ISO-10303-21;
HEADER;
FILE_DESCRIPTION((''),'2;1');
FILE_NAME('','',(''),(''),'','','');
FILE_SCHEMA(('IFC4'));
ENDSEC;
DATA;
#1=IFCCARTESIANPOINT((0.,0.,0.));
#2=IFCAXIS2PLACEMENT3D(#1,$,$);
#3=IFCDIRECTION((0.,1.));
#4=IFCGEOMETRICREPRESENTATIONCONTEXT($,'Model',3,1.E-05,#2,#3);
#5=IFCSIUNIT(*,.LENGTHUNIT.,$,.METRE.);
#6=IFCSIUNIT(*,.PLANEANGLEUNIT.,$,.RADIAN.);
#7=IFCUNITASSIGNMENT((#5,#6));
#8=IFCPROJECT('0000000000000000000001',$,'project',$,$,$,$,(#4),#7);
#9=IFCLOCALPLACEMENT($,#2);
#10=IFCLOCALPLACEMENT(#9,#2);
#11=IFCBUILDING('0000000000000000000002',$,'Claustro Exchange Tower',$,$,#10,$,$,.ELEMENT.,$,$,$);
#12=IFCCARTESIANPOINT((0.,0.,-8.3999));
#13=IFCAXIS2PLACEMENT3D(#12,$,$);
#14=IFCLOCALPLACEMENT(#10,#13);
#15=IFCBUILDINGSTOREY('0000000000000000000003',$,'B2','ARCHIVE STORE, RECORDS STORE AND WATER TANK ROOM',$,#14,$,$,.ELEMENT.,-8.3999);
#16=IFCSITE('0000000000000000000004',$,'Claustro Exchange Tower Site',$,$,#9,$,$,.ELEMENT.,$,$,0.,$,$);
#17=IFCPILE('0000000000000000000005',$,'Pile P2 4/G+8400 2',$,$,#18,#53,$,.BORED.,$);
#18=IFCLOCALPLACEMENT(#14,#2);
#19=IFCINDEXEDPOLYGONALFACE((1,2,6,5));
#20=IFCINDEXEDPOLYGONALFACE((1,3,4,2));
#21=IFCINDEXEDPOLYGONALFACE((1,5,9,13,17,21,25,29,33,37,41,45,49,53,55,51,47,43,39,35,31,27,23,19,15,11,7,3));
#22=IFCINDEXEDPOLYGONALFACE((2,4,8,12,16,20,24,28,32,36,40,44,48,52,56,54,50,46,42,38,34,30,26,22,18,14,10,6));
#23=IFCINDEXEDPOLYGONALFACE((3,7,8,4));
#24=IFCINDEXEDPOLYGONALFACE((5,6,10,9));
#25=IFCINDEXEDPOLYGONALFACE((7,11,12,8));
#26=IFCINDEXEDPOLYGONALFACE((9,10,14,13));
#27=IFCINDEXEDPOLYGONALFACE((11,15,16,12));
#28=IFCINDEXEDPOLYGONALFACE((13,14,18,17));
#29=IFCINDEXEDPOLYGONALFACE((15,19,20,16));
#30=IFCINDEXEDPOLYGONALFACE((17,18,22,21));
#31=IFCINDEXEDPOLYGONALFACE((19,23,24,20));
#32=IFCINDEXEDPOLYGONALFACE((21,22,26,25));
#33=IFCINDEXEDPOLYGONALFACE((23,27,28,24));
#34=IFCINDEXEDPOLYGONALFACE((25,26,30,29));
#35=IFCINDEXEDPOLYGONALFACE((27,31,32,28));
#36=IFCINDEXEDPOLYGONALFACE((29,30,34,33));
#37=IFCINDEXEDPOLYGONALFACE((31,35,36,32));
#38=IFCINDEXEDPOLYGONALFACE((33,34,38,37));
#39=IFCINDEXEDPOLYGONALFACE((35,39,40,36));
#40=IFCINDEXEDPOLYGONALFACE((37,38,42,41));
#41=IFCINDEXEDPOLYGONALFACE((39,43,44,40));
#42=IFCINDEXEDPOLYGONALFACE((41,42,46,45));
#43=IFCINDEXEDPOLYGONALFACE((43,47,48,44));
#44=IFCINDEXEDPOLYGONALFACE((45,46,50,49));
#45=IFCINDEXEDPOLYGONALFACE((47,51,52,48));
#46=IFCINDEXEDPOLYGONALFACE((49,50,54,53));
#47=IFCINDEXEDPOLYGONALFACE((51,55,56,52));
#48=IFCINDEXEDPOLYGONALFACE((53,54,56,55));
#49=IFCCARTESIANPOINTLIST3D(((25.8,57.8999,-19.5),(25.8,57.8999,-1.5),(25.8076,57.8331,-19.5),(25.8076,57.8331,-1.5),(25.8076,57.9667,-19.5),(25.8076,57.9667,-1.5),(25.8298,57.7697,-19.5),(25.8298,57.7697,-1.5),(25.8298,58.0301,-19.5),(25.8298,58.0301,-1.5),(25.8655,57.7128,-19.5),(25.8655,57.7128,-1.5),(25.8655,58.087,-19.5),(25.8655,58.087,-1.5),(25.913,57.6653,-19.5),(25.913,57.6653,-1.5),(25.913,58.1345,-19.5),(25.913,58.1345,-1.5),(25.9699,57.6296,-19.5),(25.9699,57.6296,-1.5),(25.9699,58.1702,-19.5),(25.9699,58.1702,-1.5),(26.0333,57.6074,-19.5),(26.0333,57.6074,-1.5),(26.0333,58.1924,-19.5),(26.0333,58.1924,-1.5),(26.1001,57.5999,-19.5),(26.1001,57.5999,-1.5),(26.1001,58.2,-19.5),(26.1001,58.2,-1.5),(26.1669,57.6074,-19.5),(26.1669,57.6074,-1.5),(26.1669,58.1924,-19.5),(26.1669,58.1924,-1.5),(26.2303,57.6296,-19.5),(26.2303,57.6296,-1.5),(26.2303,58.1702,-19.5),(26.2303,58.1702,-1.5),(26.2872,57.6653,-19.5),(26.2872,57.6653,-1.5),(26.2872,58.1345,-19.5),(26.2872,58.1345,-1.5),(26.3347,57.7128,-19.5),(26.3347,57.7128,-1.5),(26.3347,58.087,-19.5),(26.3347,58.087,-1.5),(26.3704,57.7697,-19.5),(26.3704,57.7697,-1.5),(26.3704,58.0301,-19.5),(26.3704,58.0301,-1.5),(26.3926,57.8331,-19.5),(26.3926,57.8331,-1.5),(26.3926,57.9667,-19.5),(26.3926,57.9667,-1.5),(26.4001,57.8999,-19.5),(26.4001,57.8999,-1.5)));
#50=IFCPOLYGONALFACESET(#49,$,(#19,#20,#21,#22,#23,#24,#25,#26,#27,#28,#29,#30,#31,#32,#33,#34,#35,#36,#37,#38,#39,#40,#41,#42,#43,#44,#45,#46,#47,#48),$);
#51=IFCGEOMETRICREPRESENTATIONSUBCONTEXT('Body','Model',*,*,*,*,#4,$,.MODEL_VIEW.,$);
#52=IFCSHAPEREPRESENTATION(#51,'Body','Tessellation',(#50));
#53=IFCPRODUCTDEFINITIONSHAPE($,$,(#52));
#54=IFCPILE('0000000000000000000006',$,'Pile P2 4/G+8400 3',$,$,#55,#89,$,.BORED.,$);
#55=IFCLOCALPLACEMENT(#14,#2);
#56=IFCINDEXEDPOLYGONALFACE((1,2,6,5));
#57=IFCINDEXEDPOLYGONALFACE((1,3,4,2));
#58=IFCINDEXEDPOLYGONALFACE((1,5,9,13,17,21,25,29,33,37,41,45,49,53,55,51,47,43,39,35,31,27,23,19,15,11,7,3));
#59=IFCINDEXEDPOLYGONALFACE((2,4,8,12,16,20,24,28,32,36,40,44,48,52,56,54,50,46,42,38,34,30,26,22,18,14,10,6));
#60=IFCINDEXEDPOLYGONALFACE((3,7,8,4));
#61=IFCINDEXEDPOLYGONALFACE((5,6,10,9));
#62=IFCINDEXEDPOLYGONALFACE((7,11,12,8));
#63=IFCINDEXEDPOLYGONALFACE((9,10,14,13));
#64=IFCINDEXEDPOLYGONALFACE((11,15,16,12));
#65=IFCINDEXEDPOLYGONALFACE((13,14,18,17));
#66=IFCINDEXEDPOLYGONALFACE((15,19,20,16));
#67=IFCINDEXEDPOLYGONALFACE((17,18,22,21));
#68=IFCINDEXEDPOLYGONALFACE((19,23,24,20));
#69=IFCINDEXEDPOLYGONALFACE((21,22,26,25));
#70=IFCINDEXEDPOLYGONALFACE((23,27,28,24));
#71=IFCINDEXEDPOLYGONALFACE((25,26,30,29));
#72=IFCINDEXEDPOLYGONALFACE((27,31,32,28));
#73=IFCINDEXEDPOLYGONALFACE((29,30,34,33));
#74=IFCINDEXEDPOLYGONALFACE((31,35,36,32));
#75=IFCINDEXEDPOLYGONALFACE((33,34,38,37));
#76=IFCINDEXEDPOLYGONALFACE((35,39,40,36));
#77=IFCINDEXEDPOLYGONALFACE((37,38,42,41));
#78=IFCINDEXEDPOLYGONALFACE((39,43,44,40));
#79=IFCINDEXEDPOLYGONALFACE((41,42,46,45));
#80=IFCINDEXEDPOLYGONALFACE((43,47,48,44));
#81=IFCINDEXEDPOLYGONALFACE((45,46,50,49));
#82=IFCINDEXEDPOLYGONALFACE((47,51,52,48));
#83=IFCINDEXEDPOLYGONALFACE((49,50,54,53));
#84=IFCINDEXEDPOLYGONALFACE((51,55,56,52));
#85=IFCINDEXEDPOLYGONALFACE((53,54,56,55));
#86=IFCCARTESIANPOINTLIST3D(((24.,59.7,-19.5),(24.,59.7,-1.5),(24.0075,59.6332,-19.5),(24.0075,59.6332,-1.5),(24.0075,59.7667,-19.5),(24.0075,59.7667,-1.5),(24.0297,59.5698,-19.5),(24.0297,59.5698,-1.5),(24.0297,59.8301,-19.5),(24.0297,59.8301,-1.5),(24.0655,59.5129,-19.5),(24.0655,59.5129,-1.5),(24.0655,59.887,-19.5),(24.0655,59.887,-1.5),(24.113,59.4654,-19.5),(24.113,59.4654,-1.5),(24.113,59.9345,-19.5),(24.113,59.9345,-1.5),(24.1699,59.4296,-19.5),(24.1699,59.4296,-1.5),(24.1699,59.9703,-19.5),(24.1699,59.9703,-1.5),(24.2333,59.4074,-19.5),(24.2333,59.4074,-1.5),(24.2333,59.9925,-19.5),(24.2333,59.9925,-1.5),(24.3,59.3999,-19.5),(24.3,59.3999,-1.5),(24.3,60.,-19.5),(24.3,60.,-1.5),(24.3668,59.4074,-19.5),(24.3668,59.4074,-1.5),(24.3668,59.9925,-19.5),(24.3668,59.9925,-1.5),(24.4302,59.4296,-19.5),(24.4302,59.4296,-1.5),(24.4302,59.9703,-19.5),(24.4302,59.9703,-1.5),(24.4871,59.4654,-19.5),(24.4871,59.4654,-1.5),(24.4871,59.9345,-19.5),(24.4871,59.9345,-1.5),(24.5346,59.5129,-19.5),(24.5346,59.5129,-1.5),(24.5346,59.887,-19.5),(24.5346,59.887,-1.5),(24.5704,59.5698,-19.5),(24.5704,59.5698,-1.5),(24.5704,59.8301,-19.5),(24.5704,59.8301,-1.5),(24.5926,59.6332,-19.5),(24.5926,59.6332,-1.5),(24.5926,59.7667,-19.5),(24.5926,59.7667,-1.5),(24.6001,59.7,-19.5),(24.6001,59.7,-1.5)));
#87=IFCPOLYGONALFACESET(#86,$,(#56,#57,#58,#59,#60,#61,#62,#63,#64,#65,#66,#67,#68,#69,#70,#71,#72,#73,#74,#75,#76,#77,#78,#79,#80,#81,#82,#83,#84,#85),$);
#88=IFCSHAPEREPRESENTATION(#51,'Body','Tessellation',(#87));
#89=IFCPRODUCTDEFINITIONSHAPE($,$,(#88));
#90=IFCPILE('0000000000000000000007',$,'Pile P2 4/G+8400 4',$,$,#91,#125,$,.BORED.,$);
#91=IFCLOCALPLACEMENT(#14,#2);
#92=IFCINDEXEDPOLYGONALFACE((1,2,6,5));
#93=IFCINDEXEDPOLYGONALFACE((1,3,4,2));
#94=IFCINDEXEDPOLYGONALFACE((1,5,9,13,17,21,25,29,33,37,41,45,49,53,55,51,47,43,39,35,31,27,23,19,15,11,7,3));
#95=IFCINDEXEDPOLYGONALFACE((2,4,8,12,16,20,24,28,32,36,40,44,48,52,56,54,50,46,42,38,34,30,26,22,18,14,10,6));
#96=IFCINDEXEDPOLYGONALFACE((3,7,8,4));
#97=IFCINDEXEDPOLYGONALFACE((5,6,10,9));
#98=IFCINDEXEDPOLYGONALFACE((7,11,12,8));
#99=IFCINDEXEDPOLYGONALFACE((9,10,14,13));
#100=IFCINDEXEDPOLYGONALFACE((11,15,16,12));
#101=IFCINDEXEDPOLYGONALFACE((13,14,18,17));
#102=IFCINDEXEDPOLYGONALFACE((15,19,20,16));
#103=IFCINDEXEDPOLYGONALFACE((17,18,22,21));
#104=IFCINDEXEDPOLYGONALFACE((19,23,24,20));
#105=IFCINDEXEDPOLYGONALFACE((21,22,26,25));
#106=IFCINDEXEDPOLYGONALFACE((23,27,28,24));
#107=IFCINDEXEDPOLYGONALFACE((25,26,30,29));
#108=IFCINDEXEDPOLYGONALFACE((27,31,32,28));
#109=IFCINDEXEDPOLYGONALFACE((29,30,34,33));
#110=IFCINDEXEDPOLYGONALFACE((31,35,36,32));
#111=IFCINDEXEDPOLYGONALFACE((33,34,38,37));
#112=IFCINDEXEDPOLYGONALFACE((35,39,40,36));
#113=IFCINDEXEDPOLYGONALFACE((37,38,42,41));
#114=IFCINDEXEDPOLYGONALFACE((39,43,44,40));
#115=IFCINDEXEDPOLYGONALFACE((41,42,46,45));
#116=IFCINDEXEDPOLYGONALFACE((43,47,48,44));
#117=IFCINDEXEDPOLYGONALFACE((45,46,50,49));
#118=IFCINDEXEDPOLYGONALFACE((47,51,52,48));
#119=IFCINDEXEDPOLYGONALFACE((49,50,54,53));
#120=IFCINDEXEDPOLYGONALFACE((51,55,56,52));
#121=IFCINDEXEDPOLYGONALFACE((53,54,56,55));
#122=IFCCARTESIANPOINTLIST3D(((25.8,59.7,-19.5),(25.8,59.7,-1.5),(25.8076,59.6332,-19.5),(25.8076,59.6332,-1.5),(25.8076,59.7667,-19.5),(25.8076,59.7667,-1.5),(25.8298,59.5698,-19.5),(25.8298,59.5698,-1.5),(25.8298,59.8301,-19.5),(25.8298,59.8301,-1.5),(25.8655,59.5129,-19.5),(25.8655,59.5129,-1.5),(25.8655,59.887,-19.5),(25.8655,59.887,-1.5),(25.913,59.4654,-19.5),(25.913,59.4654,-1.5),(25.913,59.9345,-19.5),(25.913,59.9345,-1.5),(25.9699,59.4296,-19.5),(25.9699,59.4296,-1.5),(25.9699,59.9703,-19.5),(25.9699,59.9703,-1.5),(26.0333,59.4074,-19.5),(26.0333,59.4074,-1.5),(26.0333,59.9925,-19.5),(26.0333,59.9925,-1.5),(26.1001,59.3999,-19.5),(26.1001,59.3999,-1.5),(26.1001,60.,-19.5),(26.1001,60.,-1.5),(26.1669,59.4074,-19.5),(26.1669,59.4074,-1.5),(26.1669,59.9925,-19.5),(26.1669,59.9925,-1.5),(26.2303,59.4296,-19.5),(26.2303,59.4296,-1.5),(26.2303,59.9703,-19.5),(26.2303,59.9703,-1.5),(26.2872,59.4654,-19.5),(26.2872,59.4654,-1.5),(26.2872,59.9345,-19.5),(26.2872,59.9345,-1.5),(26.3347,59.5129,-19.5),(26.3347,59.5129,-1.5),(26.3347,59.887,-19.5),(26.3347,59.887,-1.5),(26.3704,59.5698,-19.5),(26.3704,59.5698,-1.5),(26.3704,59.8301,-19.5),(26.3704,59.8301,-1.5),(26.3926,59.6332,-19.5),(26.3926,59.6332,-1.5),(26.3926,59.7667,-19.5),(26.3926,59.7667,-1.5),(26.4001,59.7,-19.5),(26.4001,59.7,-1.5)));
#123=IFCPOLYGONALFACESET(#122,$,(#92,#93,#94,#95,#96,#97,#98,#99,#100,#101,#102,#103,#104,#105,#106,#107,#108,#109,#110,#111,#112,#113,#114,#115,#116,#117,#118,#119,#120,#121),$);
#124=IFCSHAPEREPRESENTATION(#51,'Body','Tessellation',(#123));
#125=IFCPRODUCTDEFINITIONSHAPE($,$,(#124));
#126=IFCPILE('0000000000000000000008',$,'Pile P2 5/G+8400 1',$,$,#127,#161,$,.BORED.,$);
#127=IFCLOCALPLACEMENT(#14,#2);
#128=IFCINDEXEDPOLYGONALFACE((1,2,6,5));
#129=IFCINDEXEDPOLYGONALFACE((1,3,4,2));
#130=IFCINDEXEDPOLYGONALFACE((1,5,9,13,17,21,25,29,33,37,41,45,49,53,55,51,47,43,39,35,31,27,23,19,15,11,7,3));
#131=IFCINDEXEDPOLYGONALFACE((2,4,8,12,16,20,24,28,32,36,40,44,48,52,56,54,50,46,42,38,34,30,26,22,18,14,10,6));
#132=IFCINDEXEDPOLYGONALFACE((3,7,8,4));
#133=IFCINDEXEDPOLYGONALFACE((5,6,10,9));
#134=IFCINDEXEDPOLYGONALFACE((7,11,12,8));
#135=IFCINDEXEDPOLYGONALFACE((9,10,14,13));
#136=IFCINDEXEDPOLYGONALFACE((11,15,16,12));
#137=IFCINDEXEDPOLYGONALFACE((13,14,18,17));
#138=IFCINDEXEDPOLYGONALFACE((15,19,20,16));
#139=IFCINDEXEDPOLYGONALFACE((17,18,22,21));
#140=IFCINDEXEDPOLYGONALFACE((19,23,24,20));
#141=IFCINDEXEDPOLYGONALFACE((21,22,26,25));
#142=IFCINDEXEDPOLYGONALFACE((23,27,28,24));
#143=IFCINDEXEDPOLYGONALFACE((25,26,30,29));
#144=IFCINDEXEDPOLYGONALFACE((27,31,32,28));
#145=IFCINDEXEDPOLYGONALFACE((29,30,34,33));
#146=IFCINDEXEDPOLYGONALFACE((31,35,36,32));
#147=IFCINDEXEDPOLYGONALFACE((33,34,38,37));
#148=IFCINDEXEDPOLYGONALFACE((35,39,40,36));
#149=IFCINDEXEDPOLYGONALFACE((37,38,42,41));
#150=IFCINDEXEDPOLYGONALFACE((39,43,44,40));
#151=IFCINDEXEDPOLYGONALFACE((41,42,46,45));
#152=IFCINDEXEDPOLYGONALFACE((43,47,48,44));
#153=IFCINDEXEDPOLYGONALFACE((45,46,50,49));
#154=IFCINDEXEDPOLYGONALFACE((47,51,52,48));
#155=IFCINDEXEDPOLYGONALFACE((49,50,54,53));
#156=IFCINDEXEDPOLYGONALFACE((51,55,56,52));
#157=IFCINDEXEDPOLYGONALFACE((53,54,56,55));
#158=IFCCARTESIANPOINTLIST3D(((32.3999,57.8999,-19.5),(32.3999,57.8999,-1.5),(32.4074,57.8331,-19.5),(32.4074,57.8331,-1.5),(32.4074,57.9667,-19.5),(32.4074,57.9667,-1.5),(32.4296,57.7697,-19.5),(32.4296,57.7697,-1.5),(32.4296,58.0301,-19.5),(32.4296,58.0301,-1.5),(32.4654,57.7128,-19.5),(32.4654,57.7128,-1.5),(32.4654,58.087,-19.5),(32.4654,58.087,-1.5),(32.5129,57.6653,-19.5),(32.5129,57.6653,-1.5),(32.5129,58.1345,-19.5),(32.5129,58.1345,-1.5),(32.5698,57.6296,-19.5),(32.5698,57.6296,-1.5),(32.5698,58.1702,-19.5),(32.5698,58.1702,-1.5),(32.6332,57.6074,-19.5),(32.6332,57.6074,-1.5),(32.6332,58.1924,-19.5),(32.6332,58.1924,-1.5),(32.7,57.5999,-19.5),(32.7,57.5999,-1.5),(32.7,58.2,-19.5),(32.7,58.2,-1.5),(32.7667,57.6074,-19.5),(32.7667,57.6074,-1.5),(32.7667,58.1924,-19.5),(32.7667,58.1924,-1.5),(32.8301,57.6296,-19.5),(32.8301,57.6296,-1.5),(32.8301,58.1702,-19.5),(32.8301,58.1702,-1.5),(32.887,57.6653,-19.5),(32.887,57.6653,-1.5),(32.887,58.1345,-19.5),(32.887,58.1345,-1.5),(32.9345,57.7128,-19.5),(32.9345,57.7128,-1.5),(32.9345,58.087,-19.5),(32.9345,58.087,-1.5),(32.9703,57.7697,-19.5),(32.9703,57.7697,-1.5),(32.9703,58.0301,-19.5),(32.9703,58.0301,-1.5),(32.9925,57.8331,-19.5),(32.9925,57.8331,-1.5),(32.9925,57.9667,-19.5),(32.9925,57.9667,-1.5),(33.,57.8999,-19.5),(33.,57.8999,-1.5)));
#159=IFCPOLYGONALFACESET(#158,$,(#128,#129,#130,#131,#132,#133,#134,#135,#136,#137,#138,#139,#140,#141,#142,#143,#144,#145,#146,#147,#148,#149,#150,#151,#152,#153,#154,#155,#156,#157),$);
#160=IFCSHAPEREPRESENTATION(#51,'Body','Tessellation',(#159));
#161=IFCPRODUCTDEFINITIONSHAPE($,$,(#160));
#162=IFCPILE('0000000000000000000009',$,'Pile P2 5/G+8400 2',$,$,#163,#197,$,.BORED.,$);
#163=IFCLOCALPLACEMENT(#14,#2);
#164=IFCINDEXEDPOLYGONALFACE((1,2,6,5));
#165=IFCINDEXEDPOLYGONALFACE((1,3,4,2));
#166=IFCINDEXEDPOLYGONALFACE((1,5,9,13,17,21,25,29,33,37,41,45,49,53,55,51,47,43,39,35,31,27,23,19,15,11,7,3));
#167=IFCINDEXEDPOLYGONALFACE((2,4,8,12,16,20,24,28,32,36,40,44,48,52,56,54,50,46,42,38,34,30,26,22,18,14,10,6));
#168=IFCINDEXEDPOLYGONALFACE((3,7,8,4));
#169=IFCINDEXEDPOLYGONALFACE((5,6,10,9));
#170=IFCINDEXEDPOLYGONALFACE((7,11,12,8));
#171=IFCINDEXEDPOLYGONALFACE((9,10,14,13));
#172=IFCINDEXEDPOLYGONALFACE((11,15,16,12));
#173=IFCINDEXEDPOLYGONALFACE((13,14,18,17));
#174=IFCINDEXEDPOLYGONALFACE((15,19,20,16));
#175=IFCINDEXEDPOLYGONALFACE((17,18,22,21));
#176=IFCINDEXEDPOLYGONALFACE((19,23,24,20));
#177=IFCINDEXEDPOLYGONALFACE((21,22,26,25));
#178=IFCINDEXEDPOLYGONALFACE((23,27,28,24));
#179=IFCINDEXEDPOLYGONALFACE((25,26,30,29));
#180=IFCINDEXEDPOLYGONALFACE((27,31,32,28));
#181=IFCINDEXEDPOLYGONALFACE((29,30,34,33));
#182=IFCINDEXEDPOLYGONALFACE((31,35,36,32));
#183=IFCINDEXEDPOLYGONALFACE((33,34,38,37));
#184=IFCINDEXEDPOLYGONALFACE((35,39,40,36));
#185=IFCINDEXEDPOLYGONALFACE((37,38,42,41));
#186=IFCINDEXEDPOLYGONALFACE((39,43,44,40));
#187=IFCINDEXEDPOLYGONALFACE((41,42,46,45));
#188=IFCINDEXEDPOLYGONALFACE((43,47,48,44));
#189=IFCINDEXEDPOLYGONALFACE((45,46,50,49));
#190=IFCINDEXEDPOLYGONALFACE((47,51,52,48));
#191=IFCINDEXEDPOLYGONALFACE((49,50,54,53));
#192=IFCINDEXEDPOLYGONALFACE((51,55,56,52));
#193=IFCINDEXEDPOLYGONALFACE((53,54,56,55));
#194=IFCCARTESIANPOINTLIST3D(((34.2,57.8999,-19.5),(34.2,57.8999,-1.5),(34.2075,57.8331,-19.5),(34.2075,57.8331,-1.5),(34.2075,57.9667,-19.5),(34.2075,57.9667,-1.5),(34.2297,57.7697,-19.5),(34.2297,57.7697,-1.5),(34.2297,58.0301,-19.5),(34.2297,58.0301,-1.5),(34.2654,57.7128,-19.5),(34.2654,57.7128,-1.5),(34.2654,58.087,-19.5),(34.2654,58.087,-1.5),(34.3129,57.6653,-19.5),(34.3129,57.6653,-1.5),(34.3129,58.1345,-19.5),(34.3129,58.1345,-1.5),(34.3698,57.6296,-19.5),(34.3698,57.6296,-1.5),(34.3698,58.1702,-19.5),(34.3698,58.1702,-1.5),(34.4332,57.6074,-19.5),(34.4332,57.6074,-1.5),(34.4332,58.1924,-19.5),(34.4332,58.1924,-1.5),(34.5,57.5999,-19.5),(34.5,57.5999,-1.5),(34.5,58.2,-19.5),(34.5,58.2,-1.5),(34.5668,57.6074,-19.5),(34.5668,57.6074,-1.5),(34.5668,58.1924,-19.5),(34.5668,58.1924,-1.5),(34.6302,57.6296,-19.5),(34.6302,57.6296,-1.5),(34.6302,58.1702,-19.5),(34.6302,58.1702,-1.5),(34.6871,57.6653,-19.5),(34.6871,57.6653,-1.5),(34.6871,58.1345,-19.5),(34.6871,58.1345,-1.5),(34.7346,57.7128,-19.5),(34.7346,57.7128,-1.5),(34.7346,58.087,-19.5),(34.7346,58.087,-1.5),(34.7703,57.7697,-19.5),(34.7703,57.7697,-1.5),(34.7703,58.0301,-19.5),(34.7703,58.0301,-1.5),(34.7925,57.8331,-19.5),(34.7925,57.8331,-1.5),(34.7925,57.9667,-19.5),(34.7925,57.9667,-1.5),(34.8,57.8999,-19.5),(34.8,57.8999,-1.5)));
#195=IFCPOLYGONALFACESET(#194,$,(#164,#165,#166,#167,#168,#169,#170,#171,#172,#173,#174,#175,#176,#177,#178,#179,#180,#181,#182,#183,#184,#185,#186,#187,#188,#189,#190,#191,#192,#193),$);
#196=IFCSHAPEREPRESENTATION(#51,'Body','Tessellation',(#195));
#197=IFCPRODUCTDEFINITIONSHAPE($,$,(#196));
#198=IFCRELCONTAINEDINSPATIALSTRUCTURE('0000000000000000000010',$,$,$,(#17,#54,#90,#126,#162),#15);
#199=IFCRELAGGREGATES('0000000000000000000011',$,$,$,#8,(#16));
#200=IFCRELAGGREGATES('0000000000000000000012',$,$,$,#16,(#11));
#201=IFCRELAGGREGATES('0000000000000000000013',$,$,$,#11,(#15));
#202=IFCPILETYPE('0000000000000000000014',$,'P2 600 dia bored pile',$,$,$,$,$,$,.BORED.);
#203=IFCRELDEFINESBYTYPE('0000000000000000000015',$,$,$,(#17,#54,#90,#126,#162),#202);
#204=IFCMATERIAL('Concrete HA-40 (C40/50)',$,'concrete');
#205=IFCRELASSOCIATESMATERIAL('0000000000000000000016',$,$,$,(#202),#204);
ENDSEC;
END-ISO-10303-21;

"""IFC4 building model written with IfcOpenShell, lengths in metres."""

from ifc_helpers import new_model, si_unit, direction, frame, origin, origin_2d, place, context, subcontext, project, spatial, circle, extrude, material, type_object, element, save


model = new_model("IFC4")

# Units and contexts
model_context = context("Model", 3, precision=1e-05, world=origin(), true_north=direction((0.0, 1.0)))
body_context = subcontext(model_context, "Body", "Model", "MODEL_VIEW")
ifc_project = project(units=[si_unit("LENGTHUNIT", "METRE"), si_unit("PLANEANGLEUNIT", "RADIAN")], contexts=[model_context])

# Site, building, storey
site_placement = place(None, origin())
site = spatial("IfcSite", under=ifc_project, at=site_placement, Name="Claustro Exchange Tower Site", CompositionType="ELEMENT", RefElevation=0.0)
building_placement = place(site_placement, origin())
building = spatial("IfcBuilding", under=site, at=building_placement, Name="Claustro Exchange Tower", CompositionType="ELEMENT")
storey_placement = place(building_placement, frame((0.0, 0.0, -8.3999)))
storey = spatial("IfcBuildingStorey", under=building, at=storey_placement, Name="B2", Description="ARCHIVE STORE, RECORDS STORE AND WATER TANK ROOM", CompositionType="ELEMENT", Elevation=-8.3999)

# Piles
ifc_material_1 = material(Name="Concrete HA-40 (C40/50)", Category="concrete")
pile_type_1 = type_object("IfcPileType", Name="P2 600 dia bored pile", PredefinedType="BORED", material=ifc_material_1)
for number, where, z_axis, x_axis, name in (
    (1, (26.1001, 57.8999, -1.5), (0.0, 0.0, -1.0), (1.0, 0.0, 0.0), "Pile P2 4/G+8400 2"),
    (2, (24.3, 59.7, -1.5), (0.0, 0.0, -1.0), (1.0, 0.0, 0.0), "Pile P2 4/G+8400 3"),
    (3, (26.1001, 59.7, -1.5), (0.0, 0.0, -1.0), (1.0, 0.0, 0.0), "Pile P2 4/G+8400 4"),
    (4, (32.7, 57.8999, -1.5), (0.0, 0.0, -1.0), (1.0, 0.0, 0.0), "Pile P2 5/G+8400 1"),
    (5, (34.5, 57.8999, -1.5), (0.0, 0.0, -1.0), (1.0, 0.0, 0.0), "Pile P2 5/G+8400 2"),
):
    element("IfcPile", number, at=place(storey_placement, frame(where, z_axis=z_axis, x_axis=x_axis)), inside=storey, type_object=pile_type_1, Name=name, PredefinedType="BORED", context=body_context, shape_type="SweptSolid", body=[
        extrude(circle(Radius=0.3, at=origin_2d()), origin(), (0.0, 0.0, 1.0), 18.0),
    ])

save(model, "model.ifc")
